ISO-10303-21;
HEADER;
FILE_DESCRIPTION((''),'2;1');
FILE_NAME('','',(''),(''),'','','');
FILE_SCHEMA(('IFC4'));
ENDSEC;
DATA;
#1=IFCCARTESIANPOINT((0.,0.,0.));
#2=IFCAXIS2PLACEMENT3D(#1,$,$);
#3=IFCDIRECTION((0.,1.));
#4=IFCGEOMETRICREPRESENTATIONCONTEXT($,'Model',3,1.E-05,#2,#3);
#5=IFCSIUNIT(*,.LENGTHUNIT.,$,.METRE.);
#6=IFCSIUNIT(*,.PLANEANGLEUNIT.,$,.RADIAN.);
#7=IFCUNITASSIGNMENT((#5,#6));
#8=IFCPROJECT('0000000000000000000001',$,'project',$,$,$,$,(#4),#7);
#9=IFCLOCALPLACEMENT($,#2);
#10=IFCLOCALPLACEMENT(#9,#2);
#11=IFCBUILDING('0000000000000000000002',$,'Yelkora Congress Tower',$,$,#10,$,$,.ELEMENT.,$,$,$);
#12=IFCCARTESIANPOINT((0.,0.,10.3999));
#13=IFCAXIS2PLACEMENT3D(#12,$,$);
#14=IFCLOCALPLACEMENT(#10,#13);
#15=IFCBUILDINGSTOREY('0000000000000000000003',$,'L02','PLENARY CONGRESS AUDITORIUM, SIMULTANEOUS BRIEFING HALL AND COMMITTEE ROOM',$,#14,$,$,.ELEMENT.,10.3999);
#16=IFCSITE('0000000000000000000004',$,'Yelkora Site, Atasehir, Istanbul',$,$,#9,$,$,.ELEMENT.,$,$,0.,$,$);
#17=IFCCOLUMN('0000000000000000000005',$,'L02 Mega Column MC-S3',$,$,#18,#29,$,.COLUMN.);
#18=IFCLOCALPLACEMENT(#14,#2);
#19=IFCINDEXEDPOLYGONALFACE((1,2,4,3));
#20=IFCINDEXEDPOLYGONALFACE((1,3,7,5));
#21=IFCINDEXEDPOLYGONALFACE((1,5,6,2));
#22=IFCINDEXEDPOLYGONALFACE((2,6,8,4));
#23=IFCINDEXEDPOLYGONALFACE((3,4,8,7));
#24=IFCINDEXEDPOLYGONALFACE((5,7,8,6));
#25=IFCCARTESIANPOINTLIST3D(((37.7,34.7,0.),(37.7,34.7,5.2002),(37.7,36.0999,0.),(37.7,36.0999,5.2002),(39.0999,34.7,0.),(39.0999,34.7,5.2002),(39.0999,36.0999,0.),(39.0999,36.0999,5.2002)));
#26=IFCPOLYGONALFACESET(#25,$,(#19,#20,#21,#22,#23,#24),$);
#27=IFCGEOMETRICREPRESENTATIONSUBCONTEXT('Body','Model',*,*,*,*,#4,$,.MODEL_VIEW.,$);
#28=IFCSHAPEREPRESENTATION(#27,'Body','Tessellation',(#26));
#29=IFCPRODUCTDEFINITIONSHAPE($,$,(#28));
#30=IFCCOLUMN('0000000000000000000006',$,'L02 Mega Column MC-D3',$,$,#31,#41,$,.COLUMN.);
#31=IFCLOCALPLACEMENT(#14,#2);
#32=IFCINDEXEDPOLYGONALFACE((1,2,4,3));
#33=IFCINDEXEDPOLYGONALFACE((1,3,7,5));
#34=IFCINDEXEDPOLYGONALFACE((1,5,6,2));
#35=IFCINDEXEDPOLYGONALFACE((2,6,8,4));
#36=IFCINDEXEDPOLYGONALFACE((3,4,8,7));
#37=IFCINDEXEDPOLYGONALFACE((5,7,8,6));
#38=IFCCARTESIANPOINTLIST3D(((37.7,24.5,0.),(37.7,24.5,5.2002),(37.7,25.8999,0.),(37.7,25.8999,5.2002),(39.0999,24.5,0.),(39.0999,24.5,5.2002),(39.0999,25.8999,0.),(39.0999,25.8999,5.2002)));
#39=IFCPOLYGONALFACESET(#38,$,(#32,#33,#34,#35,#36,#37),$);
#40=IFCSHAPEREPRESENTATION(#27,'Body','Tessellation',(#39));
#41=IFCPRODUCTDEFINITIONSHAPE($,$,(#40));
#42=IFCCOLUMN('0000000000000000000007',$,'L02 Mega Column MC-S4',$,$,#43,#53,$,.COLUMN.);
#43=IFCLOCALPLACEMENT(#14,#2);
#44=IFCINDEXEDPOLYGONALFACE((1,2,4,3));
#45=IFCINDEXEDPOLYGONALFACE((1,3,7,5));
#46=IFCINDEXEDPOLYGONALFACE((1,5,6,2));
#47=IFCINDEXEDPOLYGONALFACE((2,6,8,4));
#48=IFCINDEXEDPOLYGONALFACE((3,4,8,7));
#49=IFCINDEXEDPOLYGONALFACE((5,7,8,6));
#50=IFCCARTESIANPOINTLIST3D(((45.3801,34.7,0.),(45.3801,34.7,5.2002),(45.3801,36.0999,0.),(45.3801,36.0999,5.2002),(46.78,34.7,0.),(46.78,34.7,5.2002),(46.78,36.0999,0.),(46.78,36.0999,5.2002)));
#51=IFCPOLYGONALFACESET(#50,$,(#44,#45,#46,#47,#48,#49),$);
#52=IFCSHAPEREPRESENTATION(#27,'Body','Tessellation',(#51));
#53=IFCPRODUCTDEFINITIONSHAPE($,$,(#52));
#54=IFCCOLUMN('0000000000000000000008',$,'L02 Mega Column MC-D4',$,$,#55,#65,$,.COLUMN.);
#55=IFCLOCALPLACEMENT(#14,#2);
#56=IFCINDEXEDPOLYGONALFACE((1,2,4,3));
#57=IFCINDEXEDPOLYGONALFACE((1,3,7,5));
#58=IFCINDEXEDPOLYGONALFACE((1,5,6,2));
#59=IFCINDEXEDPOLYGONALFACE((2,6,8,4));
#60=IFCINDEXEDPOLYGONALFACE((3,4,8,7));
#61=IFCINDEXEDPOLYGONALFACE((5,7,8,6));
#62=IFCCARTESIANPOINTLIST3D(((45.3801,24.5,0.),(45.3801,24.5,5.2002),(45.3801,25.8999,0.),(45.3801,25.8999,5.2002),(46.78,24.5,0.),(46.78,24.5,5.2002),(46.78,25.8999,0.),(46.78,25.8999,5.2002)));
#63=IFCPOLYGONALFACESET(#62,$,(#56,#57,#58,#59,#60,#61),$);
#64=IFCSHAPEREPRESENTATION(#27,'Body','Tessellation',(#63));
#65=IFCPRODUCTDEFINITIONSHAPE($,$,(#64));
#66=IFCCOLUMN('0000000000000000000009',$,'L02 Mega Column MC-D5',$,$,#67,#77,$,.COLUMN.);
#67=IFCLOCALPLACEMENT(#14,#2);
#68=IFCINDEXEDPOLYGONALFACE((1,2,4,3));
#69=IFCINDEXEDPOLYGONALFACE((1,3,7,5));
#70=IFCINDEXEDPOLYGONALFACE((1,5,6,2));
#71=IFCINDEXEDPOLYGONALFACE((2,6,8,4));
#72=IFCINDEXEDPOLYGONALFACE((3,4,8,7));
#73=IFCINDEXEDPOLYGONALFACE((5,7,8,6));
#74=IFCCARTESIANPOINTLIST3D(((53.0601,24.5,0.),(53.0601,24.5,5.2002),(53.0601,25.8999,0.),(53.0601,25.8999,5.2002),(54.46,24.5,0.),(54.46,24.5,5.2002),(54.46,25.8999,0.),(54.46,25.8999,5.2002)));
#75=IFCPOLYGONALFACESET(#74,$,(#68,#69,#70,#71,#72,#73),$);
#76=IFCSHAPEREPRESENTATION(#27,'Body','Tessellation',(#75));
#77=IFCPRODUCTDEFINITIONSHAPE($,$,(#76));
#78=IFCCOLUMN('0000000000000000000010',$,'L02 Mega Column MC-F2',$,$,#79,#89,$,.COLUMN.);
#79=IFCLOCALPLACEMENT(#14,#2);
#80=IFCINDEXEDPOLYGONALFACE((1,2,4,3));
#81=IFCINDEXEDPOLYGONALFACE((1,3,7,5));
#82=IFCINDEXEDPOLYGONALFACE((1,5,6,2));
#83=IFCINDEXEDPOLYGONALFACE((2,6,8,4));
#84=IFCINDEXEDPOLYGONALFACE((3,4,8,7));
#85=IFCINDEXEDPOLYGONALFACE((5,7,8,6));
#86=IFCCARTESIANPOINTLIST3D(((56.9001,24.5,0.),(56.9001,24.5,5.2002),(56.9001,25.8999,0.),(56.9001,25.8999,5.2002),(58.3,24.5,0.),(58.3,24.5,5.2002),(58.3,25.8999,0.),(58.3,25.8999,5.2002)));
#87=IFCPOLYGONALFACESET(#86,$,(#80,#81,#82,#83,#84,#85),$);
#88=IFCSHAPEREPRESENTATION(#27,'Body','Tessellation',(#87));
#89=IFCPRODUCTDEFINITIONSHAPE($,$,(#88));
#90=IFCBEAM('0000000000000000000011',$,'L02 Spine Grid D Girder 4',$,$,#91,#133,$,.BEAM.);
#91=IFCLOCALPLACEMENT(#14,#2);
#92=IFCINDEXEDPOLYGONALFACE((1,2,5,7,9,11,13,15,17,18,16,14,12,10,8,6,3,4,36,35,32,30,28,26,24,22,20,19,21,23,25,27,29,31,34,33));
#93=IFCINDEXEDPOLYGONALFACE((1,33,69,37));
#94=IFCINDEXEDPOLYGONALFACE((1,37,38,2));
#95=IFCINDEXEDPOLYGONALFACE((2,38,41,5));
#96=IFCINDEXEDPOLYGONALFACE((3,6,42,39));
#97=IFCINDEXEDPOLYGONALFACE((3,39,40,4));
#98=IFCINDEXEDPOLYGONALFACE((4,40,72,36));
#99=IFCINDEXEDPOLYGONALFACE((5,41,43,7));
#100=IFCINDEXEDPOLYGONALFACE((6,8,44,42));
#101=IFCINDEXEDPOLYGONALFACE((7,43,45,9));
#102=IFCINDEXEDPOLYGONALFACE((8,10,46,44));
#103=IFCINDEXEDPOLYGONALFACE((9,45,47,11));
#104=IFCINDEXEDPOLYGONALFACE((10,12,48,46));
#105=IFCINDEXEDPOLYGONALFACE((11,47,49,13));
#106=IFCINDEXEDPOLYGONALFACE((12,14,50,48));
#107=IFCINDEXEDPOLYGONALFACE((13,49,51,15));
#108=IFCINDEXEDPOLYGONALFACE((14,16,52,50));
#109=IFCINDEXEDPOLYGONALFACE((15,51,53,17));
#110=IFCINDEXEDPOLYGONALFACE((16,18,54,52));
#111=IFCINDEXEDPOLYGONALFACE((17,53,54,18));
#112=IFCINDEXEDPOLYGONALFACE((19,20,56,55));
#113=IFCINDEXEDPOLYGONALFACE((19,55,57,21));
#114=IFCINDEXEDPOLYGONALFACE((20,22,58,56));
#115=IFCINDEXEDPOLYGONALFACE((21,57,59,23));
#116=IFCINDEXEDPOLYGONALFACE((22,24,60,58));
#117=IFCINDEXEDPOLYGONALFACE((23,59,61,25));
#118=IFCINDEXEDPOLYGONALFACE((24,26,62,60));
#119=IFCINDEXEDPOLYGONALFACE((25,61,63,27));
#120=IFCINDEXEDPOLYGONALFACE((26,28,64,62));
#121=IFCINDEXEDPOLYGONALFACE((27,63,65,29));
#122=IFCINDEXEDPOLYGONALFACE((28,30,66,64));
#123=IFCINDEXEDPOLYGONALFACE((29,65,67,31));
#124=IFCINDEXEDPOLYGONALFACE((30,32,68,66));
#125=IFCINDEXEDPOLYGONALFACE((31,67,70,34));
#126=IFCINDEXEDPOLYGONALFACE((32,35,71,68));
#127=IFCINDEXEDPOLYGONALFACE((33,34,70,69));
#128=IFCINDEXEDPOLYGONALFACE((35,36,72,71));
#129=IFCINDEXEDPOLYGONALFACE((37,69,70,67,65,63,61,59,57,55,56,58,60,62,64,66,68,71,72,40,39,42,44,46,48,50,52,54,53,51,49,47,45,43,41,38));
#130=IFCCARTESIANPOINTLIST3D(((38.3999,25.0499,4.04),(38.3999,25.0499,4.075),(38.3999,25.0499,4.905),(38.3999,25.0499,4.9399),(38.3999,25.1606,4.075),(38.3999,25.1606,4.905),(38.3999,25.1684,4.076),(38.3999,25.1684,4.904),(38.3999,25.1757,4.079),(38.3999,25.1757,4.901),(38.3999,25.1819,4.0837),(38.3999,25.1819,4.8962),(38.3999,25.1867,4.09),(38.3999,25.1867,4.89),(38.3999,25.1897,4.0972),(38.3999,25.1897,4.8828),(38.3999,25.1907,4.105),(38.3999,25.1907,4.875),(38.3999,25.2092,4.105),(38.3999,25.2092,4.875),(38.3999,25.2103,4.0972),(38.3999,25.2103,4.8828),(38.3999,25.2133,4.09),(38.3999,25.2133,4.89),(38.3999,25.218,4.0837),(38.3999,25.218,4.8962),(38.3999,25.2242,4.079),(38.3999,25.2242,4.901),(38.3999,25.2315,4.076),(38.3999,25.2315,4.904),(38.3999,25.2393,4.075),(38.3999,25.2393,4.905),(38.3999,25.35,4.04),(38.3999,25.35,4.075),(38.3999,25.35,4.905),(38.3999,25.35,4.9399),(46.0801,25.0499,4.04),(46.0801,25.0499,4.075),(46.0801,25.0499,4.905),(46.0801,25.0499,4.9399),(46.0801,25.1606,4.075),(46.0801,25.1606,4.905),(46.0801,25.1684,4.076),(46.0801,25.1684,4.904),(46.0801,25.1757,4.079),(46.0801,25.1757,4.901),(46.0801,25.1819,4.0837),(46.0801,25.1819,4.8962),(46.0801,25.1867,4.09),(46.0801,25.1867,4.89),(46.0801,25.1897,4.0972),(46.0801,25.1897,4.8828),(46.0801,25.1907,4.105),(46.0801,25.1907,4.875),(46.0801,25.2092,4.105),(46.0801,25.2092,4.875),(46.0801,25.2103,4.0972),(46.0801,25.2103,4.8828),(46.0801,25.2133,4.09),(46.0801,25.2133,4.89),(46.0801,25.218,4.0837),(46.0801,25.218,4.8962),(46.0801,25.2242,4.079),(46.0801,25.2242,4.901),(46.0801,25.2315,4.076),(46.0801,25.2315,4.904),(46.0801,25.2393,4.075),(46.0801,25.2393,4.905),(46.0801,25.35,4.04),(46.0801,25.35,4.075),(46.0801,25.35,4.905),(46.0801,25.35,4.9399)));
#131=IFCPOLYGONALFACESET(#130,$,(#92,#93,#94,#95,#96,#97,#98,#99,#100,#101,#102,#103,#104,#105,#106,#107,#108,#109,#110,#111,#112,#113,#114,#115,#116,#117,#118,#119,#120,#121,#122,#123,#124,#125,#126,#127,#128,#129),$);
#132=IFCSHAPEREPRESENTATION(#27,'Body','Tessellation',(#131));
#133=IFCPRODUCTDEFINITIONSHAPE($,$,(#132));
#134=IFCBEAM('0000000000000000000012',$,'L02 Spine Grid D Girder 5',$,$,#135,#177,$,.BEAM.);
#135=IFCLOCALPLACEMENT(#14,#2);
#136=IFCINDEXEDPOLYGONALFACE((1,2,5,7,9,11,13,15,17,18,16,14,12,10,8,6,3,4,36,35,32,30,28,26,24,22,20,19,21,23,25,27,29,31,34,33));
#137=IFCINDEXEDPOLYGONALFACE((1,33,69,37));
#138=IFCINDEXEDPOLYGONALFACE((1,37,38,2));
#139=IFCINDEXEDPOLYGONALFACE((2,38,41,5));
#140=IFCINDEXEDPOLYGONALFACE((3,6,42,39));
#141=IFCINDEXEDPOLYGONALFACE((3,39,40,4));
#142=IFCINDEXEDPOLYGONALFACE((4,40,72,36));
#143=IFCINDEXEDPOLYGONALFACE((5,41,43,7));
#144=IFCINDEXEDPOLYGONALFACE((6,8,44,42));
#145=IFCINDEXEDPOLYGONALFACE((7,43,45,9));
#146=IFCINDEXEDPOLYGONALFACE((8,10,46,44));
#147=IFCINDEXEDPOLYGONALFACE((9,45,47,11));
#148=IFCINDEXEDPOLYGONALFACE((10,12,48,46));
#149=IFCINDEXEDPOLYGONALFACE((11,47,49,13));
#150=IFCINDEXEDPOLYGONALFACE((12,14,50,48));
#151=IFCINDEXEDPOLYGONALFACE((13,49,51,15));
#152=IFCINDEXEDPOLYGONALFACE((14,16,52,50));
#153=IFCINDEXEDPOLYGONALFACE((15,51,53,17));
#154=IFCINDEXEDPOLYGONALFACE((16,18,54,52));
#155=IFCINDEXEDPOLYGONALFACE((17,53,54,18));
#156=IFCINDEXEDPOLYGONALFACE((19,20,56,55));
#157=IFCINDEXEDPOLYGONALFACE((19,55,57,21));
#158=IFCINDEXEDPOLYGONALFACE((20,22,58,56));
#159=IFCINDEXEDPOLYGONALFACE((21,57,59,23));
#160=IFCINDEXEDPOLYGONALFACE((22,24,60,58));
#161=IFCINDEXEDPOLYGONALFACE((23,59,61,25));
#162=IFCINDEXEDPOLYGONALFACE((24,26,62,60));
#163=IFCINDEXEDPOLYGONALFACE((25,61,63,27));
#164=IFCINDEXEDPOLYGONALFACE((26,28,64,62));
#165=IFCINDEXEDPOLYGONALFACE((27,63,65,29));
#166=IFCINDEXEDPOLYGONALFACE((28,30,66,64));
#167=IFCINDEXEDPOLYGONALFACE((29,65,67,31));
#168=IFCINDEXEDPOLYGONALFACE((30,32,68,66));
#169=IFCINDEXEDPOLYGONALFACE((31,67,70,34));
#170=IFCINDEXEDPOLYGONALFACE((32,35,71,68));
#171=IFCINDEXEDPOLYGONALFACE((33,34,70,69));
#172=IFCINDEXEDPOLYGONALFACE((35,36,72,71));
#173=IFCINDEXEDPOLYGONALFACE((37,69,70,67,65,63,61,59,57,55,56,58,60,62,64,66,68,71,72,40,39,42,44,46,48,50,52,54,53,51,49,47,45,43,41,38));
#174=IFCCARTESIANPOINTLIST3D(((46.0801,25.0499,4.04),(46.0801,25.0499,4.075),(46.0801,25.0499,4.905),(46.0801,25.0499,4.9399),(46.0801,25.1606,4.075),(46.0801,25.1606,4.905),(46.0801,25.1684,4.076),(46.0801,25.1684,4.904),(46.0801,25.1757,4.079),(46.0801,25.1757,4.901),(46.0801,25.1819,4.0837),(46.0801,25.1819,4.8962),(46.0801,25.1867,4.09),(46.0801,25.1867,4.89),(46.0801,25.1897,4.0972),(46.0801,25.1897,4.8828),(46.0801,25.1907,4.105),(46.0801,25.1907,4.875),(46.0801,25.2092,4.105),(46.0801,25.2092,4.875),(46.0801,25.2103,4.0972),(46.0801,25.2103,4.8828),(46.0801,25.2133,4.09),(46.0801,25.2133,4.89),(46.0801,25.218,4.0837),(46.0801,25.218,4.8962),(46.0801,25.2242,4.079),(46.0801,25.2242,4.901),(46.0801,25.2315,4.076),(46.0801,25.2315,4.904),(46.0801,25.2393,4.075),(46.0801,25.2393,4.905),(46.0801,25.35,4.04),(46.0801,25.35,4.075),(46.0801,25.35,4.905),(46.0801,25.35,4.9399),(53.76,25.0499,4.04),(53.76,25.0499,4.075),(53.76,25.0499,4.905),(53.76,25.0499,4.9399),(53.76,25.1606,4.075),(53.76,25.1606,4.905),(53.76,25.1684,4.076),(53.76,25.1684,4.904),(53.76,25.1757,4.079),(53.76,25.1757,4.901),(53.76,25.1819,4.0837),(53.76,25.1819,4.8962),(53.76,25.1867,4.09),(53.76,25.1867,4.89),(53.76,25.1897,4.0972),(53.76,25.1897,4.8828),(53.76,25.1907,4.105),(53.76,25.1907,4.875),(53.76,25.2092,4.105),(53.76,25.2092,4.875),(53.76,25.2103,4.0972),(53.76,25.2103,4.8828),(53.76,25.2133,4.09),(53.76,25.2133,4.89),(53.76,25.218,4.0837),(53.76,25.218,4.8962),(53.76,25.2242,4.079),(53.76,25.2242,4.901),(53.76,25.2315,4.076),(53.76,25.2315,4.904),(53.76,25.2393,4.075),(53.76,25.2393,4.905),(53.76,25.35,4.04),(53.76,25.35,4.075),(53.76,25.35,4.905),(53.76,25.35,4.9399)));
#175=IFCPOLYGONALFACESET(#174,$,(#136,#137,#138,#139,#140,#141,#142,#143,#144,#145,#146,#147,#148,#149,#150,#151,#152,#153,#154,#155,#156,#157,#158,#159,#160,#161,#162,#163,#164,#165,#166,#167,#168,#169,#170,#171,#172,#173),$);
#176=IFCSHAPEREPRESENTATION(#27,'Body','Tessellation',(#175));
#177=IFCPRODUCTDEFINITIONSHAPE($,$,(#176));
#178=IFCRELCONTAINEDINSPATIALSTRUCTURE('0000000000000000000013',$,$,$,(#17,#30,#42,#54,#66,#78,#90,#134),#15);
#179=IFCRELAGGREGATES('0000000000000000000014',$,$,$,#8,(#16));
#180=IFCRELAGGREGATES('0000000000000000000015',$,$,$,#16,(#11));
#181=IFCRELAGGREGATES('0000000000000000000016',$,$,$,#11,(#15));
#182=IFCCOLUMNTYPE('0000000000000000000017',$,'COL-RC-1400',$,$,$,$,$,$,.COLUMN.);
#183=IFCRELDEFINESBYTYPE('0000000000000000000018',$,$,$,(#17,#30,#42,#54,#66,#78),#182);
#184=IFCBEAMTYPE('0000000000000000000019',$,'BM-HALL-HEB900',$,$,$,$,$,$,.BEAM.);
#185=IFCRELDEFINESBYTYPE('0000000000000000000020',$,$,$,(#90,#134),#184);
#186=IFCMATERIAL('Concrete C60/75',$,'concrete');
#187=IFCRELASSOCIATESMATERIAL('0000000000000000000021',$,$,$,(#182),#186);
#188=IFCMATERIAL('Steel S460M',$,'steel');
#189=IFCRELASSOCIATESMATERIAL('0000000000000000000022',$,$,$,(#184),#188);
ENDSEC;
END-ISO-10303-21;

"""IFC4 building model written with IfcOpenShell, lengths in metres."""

from ifc_helpers import new_model, si_unit, direction, frame, origin, origin_2d, place, context, subcontext, project, spatial, rectangle, i_section, extrude, material, material_profile, profile_set, type_object, element, save


model = new_model("IFC4")

# Units and contexts
model_context = context("Model", 3, precision=1e-05, world=origin(), true_north=direction((0.0, 1.0)))
body_context = subcontext(model_context, "Body", "Model", "MODEL_VIEW")
ifc_project = project(units=[si_unit("LENGTHUNIT", "METRE"), si_unit("PLANEANGLEUNIT", "RADIAN")], contexts=[model_context])

# Site, building, storey
site_placement = place(None, origin())
site = spatial("IfcSite", under=ifc_project, at=site_placement, Name="Yelkora Site, Atasehir, Istanbul", CompositionType="ELEMENT", RefElevation=0.0)
building_placement = place(site_placement, origin())
building = spatial("IfcBuilding", under=site, at=building_placement, Name="Yelkora Congress Tower", CompositionType="ELEMENT")
storey_placement = place(building_placement, frame((0.0, 0.0, 10.3999)))
storey = spatial("IfcBuildingStorey", under=building, at=storey_placement, Name="L02", Description="PLENARY CONGRESS AUDITORIUM, SIMULTANEOUS BRIEFING HALL AND COMMITTEE ROOM", CompositionType="ELEMENT", Elevation=10.3999)

# Columns
ifc_material_1 = material(Name="Concrete C60/75", Category="concrete")
ifc_material_profile_1 = material_profile(ifc_material_1, rectangle(XDim=1.3999, YDim=1.3999, at=origin_2d()), Name="RC 1400x1400")
ifc_profile_set_1 = profile_set([ifc_material_profile_1], Name="Concrete C60/75")
column_type = type_object("IfcColumnType", Name="COL-RC-1400", PredefinedType="COLUMN", material=ifc_profile_set_1)
for number, where, z_axis, x_axis, name in (
    (1, (38.3999, 35.3999, 0.0), (0.0, 0.0, 1.0), (1.0, 0.0, 0.0), "L02 Mega Column MC-S3"),
    (2, (38.3999, 25.2, 0.0), (0.0, 0.0, 1.0), (1.0, 0.0, 0.0), "L02 Mega Column MC-D3"),
    (3, (46.0801, 35.3999, 0.0), (0.0, 0.0, 1.0), (1.0, 0.0, 0.0), "L02 Mega Column MC-S4"),
    (4, (46.0801, 25.2, 0.0), (0.0, 0.0, 1.0), (1.0, 0.0, 0.0), "L02 Mega Column MC-D4"),
    (5, (53.76, 25.2, 0.0), (0.0, 0.0, 1.0), (1.0, 0.0, 0.0), "L02 Mega Column MC-D5"),
    (6, (57.6001, 25.2, 0.0), (0.0, 0.0, 1.0), (1.0, 0.0, 0.0), "L02 Mega Column MC-F2"),
):
    element("IfcColumn", number, at=place(storey_placement, frame(where, z_axis=z_axis, x_axis=x_axis)), inside=storey, type_object=column_type, Name=name, PredefinedType="COLUMN", context=body_context, shape_type="SweptSolid", body=[
        extrude(rectangle(XDim=1.3999, YDim=1.3999, at=origin_2d()), origin(), (0.0, 0.0, 1.0), 5.2002),
    ])

# Beams
ifc_material_2 = material(Name="Steel S460M", Category="steel")
ifc_material_profile_2 = material_profile(ifc_material_2, i_section(OverallWidth=0.3, OverallDepth=0.8999, WebThickness=0.0186, FlangeThickness=0.0349, FilletRadius=0.03, at=origin_2d()), Name="HEB 900")
ifc_profile_set_2 = profile_set([ifc_material_profile_2], Name="Steel S460M")
beam_type_1 = type_object("IfcBeamType", Name="BM-HALL-HEB900", PredefinedType="BEAM", material=ifc_profile_set_2)
beam_1_placement = place(storey_placement, frame((38.3999, 25.2, 4.49), z_axis=(1.0, 0.0, 0.0), x_axis=(0.0, 1.0, 0.0)))
element("IfcBeam", 7, at=beam_1_placement, inside=storey, type_object=beam_type_1, Name="L02 Spine Grid D Girder 4", PredefinedType="BEAM", context=body_context, shape_type="SweptSolid", body=[
    extrude(i_section(OverallWidth=0.3, OverallDepth=0.8999, WebThickness=0.0186, FlangeThickness=0.0349, FilletRadius=0.03, at=origin_2d()), origin(), (0.0, 0.0, 1.0), 7.6802),
])
beam_2_placement = place(storey_placement, frame((46.0801, 25.2, 4.49), z_axis=(1.0, 0.0, 0.0), x_axis=(0.0, 1.0, 0.0)))
element("IfcBeam", 8, at=beam_2_placement, inside=storey, type_object=beam_type_1, Name="L02 Spine Grid D Girder 5", PredefinedType="BEAM", context=body_context, shape_type="SweptSolid", body=[
    extrude(i_section(OverallWidth=0.3, OverallDepth=0.8999, WebThickness=0.0186, FlangeThickness=0.0349, FilletRadius=0.03, at=origin_2d()), origin(), (0.0, 0.0, 1.0), 7.6799),
])

save(model, "model.ifc")
